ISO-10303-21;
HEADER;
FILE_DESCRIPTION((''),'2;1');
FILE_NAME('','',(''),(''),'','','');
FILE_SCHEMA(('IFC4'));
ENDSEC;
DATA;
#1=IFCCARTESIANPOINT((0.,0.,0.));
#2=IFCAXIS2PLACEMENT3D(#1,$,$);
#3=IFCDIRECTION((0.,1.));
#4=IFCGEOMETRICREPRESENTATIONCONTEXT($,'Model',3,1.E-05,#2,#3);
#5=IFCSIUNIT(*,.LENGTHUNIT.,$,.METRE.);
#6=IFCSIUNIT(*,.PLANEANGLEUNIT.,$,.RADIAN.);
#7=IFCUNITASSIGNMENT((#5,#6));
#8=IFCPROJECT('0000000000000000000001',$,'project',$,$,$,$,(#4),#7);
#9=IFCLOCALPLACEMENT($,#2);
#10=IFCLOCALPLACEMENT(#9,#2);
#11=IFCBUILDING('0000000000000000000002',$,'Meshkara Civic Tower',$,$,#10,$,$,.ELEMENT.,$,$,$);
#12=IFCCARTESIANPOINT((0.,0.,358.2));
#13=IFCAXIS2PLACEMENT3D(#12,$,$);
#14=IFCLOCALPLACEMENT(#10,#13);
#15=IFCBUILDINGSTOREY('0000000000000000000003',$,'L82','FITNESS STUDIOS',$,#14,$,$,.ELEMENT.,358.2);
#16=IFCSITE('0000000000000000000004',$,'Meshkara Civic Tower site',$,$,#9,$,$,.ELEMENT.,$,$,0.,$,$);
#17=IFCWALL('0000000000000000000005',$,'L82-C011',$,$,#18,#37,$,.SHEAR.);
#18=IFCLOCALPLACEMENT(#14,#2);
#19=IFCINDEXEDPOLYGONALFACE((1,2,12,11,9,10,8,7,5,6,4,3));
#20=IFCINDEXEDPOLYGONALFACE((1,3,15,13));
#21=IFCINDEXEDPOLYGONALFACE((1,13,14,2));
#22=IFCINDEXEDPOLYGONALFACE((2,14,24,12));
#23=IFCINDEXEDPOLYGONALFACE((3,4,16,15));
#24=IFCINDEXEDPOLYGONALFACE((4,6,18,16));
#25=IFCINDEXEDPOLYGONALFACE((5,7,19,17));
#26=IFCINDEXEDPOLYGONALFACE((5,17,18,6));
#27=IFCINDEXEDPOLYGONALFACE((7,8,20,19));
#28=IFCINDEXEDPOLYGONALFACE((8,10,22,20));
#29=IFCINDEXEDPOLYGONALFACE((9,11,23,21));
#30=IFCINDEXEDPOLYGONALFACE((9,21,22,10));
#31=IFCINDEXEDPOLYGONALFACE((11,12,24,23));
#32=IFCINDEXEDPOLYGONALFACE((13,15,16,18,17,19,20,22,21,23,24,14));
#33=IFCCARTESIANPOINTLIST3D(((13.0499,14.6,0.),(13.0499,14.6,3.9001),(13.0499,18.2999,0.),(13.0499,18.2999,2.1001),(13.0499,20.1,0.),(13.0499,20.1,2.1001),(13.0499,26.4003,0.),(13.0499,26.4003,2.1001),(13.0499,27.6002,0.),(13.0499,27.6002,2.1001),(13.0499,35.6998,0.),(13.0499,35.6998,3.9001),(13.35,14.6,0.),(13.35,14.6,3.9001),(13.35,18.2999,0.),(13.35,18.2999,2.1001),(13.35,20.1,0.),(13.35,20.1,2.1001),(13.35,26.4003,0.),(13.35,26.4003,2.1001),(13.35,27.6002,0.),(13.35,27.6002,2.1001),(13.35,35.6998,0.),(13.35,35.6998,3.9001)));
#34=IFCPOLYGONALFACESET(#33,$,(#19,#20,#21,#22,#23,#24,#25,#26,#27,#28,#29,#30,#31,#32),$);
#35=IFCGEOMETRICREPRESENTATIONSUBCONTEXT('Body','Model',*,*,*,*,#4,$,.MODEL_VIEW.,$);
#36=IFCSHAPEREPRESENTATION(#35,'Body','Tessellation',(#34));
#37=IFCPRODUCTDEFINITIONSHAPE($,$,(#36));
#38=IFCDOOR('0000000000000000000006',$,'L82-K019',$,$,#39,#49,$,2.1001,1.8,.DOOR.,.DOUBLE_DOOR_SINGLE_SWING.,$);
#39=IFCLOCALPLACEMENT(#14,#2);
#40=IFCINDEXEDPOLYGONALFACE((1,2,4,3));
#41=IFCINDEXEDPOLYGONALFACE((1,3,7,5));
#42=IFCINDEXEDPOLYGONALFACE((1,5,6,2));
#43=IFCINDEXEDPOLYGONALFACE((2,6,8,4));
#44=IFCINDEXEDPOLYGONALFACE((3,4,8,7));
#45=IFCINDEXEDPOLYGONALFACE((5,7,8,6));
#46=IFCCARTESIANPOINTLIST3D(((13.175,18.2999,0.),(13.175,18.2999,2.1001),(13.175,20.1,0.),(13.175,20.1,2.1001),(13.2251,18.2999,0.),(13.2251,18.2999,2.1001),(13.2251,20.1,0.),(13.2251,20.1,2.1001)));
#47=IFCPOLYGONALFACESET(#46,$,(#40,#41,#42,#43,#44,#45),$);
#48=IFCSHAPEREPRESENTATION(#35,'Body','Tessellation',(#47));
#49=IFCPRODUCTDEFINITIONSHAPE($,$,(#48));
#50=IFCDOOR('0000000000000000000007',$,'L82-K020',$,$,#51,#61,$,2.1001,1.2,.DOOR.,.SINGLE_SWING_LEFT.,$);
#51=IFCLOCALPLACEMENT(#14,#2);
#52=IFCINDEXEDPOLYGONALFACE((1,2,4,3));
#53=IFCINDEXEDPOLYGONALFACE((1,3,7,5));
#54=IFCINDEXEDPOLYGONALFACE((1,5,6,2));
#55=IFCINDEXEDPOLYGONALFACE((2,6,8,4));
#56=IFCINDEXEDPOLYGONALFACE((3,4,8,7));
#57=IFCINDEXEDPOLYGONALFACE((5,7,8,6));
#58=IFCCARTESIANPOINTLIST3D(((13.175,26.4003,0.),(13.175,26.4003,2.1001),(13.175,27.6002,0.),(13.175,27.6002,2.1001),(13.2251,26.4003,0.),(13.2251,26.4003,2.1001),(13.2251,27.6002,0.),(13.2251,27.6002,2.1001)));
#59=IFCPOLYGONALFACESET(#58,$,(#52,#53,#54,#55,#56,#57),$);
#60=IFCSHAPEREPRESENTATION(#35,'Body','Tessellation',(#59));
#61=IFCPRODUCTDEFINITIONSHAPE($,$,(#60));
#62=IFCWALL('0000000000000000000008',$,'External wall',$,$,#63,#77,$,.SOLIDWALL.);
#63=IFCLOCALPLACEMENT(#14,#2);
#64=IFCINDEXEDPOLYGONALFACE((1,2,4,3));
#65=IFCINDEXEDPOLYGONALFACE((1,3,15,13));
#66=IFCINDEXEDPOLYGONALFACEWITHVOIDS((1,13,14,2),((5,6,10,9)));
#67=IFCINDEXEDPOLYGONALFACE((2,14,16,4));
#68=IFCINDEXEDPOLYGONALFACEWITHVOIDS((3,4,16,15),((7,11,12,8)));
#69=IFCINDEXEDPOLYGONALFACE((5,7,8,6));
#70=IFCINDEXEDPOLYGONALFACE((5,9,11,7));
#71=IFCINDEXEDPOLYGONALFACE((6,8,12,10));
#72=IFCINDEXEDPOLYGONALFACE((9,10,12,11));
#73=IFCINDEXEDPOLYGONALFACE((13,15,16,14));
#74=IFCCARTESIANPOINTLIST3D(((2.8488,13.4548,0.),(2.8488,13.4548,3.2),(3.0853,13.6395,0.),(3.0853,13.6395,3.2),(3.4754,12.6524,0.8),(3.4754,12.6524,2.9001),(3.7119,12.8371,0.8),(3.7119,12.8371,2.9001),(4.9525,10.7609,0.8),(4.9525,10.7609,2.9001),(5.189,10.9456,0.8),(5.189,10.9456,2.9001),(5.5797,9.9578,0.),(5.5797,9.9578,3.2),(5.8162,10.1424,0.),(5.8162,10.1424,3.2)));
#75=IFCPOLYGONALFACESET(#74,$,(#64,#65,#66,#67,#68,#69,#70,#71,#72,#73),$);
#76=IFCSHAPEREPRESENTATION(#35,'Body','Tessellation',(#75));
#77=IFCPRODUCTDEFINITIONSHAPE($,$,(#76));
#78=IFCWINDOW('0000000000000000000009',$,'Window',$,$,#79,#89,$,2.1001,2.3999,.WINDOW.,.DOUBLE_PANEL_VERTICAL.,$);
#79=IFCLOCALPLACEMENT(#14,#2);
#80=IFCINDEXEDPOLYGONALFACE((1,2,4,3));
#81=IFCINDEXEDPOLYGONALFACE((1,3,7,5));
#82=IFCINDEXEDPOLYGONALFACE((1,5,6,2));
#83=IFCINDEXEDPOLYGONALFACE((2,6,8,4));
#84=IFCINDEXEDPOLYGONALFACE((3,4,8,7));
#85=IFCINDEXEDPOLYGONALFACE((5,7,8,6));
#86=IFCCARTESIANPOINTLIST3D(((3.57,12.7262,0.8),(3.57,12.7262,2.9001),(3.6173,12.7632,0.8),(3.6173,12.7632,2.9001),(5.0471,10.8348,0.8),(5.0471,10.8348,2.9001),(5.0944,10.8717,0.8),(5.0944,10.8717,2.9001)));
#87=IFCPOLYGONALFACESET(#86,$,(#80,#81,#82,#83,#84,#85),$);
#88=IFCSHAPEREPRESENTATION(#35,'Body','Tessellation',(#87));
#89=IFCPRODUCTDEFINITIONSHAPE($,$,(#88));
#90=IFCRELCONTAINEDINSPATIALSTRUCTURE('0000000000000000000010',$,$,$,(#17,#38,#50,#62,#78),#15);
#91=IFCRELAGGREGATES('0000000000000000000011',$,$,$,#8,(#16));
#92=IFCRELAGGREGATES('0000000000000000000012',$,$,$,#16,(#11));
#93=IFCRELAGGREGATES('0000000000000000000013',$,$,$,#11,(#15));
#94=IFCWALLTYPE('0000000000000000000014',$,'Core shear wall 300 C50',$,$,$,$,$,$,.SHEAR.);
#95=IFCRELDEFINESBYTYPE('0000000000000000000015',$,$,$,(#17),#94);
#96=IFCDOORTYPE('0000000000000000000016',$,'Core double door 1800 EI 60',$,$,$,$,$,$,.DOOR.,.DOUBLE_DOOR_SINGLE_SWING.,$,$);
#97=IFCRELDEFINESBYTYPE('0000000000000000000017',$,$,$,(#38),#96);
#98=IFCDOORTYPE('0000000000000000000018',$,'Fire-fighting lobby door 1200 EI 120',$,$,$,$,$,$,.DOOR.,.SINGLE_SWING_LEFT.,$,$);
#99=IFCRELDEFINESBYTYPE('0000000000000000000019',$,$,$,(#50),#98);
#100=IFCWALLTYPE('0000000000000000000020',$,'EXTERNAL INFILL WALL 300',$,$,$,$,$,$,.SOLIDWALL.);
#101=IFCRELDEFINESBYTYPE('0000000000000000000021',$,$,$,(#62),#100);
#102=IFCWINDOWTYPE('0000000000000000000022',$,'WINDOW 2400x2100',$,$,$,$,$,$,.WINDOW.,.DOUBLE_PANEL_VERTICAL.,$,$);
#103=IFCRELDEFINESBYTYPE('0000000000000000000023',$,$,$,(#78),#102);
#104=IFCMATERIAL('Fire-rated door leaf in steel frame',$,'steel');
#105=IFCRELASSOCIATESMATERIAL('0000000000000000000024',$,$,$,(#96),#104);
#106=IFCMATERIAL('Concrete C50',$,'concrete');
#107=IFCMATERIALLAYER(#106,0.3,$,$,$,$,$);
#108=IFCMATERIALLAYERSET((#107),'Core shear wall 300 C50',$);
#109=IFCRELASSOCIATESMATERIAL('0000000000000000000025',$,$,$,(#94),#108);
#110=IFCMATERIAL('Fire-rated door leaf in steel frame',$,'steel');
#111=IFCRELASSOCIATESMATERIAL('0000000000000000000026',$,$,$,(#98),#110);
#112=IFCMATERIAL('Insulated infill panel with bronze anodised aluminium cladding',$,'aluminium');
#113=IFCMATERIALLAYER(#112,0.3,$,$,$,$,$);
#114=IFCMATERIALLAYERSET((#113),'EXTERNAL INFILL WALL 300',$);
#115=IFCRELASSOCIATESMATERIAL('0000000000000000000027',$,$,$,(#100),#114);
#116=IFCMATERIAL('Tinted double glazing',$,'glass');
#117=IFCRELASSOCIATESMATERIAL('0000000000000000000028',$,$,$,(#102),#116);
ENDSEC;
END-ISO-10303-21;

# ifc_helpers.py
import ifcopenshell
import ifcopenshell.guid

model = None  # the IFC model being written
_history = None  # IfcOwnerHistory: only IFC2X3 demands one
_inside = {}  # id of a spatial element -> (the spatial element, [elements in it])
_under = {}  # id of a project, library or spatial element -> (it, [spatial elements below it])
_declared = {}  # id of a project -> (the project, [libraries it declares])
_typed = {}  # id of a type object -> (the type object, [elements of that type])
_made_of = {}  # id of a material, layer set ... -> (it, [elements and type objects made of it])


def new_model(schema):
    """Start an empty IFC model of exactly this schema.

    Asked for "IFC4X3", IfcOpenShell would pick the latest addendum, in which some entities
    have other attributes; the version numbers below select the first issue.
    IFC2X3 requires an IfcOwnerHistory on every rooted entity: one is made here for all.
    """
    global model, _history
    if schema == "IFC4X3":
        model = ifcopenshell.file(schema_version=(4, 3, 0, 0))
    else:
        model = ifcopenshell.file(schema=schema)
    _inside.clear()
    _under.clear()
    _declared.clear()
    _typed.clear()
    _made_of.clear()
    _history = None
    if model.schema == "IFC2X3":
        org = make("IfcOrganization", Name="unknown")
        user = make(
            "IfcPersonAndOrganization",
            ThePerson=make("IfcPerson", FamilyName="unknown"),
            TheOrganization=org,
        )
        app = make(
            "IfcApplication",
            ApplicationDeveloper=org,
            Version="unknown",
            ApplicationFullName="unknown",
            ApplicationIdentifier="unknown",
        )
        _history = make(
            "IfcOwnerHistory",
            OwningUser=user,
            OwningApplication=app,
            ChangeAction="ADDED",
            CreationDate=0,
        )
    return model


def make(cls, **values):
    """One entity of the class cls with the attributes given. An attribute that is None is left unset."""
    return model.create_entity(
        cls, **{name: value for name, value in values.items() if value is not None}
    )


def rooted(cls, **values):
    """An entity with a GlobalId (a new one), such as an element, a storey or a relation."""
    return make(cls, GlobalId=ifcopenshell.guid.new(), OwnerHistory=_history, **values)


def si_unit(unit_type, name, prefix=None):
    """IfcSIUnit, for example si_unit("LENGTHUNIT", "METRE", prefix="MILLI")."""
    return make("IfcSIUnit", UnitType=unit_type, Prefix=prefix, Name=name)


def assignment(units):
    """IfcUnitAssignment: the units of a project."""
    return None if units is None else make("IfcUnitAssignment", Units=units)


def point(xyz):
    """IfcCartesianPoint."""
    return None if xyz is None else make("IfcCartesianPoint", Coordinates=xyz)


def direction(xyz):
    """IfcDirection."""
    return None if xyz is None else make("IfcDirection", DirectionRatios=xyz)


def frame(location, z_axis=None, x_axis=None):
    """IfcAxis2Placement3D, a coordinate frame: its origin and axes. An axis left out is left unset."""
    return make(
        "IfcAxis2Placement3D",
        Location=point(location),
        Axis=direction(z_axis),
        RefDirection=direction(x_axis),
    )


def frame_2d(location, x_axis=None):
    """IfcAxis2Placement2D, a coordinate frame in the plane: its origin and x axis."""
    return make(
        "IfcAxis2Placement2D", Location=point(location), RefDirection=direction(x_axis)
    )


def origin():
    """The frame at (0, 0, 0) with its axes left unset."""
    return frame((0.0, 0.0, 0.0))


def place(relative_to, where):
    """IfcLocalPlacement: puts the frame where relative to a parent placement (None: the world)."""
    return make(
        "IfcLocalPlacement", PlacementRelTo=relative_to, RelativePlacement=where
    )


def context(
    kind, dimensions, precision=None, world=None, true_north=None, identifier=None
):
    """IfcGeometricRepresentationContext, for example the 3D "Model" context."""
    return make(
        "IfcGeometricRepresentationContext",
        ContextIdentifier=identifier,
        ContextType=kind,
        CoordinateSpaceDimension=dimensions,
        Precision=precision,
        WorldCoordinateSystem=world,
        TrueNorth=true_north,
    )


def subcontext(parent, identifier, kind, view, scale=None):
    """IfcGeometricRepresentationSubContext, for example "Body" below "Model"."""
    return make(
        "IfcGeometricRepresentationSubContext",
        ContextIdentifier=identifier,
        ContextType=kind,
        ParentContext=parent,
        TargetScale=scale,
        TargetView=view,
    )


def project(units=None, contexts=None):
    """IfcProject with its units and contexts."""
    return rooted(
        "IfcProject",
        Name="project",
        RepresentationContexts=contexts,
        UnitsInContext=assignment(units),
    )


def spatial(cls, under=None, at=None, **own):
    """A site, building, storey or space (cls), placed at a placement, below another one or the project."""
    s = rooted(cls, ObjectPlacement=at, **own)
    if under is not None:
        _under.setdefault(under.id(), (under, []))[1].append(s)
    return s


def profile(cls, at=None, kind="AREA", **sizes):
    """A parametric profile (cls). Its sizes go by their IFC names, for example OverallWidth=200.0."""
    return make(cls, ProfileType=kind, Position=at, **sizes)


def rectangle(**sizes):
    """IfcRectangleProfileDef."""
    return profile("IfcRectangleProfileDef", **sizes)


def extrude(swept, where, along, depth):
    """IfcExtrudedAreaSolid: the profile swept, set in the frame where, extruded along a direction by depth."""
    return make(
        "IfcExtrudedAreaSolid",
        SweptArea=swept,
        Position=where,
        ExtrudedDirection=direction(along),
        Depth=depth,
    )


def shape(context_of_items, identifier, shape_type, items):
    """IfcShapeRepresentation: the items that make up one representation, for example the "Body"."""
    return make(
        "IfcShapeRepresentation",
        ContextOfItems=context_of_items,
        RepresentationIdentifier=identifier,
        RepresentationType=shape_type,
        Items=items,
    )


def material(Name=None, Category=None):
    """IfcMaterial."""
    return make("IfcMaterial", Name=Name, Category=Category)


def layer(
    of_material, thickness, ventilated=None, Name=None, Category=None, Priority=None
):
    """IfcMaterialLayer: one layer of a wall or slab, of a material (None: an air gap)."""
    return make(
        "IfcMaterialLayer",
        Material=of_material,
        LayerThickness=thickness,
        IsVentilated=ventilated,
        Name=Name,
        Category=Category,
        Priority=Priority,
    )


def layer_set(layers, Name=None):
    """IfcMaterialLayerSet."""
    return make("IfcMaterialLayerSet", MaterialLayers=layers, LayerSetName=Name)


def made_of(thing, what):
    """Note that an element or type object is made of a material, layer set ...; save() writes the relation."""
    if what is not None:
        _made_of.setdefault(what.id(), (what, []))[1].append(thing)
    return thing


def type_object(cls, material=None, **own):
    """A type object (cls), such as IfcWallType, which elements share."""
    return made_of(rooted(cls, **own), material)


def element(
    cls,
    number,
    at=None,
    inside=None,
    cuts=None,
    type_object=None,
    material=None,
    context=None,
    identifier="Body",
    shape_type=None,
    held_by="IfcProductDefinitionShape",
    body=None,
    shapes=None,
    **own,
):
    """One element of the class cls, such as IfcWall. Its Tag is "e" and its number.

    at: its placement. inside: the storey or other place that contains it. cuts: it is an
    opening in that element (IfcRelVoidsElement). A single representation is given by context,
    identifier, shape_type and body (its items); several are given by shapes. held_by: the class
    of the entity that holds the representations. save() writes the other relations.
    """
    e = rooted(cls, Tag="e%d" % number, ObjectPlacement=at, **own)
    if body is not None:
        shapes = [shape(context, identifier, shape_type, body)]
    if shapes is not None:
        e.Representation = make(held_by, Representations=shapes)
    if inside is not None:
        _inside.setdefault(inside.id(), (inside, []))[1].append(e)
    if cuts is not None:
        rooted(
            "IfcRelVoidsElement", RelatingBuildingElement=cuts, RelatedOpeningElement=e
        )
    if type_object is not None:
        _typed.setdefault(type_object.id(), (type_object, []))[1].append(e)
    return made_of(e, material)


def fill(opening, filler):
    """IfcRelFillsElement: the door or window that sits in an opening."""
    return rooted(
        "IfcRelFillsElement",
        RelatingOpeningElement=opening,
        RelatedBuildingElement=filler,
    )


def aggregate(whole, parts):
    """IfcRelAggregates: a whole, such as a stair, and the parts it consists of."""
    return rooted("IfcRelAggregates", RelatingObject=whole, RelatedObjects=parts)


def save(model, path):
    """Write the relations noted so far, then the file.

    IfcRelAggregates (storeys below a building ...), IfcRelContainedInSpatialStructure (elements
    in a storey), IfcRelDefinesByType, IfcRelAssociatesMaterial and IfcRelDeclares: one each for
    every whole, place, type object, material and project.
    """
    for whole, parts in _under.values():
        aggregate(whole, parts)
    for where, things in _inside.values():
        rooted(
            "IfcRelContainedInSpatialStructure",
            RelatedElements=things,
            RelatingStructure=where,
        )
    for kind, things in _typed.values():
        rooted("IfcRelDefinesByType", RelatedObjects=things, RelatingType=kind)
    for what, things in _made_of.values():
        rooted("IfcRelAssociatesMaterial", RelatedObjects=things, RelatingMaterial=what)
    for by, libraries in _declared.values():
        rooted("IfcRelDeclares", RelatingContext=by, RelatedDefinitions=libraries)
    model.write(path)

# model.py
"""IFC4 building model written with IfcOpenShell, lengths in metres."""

from ifc_helpers import new_model, si_unit, direction, frame, frame_2d, origin, place, context, subcontext, project, spatial, rectangle, extrude, material, layer, layer_set, type_object, element, fill, save


model = new_model("IFC4")

# Units and contexts
model_context = context("Model", 3, precision=1e-05, world=origin(), true_north=direction((0.0, 1.0)))
body_context = subcontext(model_context, "Body", "Model", "MODEL_VIEW")
ifc_project = project(units=[si_unit("LENGTHUNIT", "METRE"), si_unit("PLANEANGLEUNIT", "RADIAN")], contexts=[model_context])

# Site, building, storey
site_placement = place(None, origin())
site = spatial("IfcSite", under=ifc_project, at=site_placement, Name="Meshkara Civic Tower site", CompositionType="ELEMENT", RefElevation=0.0)
building_placement = place(site_placement, origin())
building = spatial("IfcBuilding", under=site, at=building_placement, Name="Meshkara Civic Tower", CompositionType="ELEMENT")
storey_placement = place(building_placement, frame((0.0, 0.0, 358.2)))
storey = spatial("IfcBuildingStorey", under=building, at=storey_placement, Name="L82", Description="FITNESS STUDIOS", CompositionType="ELEMENT", Elevation=358.2)

# Shared definitions
ifc_material_1 = material(Name="Fire-rated door leaf in steel frame", Category="steel")
door_type_1 = type_object("IfcDoorType", Name="Core double door 1800 EI 60", OperationType="DOUBLE_DOOR_SINGLE_SWING", PredefinedType="DOOR", material=ifc_material_1)

# Wall, openings, doors
ifc_material_2 = material(Name="Concrete C50", Category="concrete")
ifc_layer_1 = layer(ifc_material_2, 0.3)
ifc_layer_set_1 = layer_set([ifc_layer_1], Name="Core shear wall 300 C50")
wall_type_1 = type_object("IfcWallType", Name="Core shear wall 300 C50", PredefinedType="SHEAR", material=ifc_layer_set_1)
wall_1_placement = place(storey_placement, frame((13.2, 14.6001, 0.0), z_axis=(0.0, 0.0, 1.0), x_axis=(0.0, 1.0, 0.0)))
wall_1 = element("IfcWall", 1, at=wall_1_placement, inside=storey, type_object=wall_type_1, Name="L82-C011", PredefinedType="SHEAR", context=body_context, shape_type="SweptSolid", body=[
    extrude(rectangle(XDim=21.0999, YDim=0.3, at=frame_2d((10.5498, 0.0))), origin(), (0.0, 0.0, 1.0), 3.9001),
])
opening_1_placement = place(wall_1_placement, frame((3.7, 0.0, 0.0)))
opening_1 = element("IfcOpeningElement", 2, at=opening_1_placement, cuts=wall_1, PredefinedType="OPENING", context=body_context, shape_type="SweptSolid", body=[
    extrude(rectangle(XDim=1.8, YDim=2.1001, at=frame_2d((0.8999, 1.05))), frame((0.0, 0.1599, 0.0), z_axis=(0.0, -1.0, 0.0), x_axis=(1.0, 0.0, 0.0)), (0.0, 0.0, 1.0), 0.3201),
])
opening_2_placement = place(wall_1_placement, frame((11.8, 0.0, 0.0)))
opening_2 = element("IfcOpeningElement", 3, at=opening_2_placement, cuts=wall_1, PredefinedType="OPENING", context=body_context, shape_type="SweptSolid", body=[
    extrude(rectangle(XDim=1.2, YDim=2.1001, at=frame_2d((0.6001, 1.05))), frame((0.0, 0.1599, 0.0), z_axis=(0.0, -1.0, 0.0), x_axis=(1.0, 0.0, 0.0)), (0.0, 0.0, 1.0), 0.3201),
])
door_1_placement = place(opening_1_placement, origin())
door_1 = element("IfcDoor", 4, at=door_1_placement, inside=storey, type_object=door_type_1, Name="L82-K019", OperationType="DOUBLE_DOOR_SINGLE_SWING", OverallHeight=2.1001, OverallWidth=1.8, PredefinedType="DOOR", context=body_context, shape_type="SweptSolid", body=[
    extrude(rectangle(XDim=1.8, YDim=2.1001, at=frame_2d((0.8999, 1.05))), frame((0.0, 0.0249, 0.0), z_axis=(0.0, -1.0, 0.0), x_axis=(1.0, 0.0, 0.0)), (0.0, 0.0, 1.0), 0.05),
])
fill(opening_1, door_1)
ifc_material_3 = material(Name="Fire-rated door leaf in steel frame", Category="steel")
door_type_2 = type_object("IfcDoorType", Name="Fire-fighting lobby door 1200 EI 120", OperationType="SINGLE_SWING_LEFT", PredefinedType="DOOR", material=ifc_material_3)
door_2_placement = place(opening_2_placement, origin())
door_2 = element("IfcDoor", 5, at=door_2_placement, inside=storey, type_object=door_type_2, Name="L82-K020", OperationType="SINGLE_SWING_LEFT", OverallHeight=2.1001, OverallWidth=1.2, PredefinedType="DOOR", context=body_context, shape_type="SweptSolid", body=[
    extrude(rectangle(XDim=1.2, YDim=2.1001, at=frame_2d((0.6001, 1.05))), frame((0.0, 0.0249, 0.0), z_axis=(0.0, -1.0, 0.0), x_axis=(1.0, 0.0, 0.0)), (0.0, 0.0, 1.0), 0.05),
])
fill(opening_2, door_2)

# Wall, opening, window
ifc_material_4 = material(Name="Insulated infill panel with bronze anodised aluminium cladding", Category="aluminium")
ifc_layer_2 = layer(ifc_material_4, 0.3)
ifc_layer_set_2 = layer_set([ifc_layer_2], Name="EXTERNAL INFILL WALL 300")
wall_type_2 = type_object("IfcWallType", Name="EXTERNAL INFILL WALL 300", PredefinedType="SOLIDWALL", material=ifc_layer_set_2)
wall_2_placement = place(storey_placement, frame((2.967, 13.5471, 0.0), z_axis=(0.0, 0.0, 1.0), x_axis=(0.615486, -0.788148, 0.0)))
wall_2 = element("IfcWall", 6, at=wall_2_placement, inside=storey, type_object=wall_type_2, Name="External wall", PredefinedType="SOLIDWALL", context=body_context, shape_type="SweptSolid", body=[
    extrude(rectangle(XDim=4.437, YDim=0.3, at=frame_2d((2.2185, 0.0))), origin(), (0.0, 0.0, 1.0), 3.2),
])
opening_3_placement = place(wall_2_placement, frame((1.0181, 0.0, 0.8)))
opening_3 = element("IfcOpeningElement", 7, at=opening_3_placement, cuts=wall_2, PredefinedType="OPENING", context=body_context, shape_type="SweptSolid", body=[
    extrude(rectangle(XDim=2.3999, YDim=2.1001, at=frame_2d((1.2, 1.05))), frame((0.0, 0.1599, 0.0), z_axis=(0.0, -1.0, 0.0), x_axis=(1.0, 0.0, 0.0)), (0.0, 0.0, 1.0), 0.3201),
])
ifc_material_5 = material(Name="Tinted double glazing", Category="glass")
window_type = type_object("IfcWindowType", Name="WINDOW 2400x2100", PartitioningType="DOUBLE_PANEL_VERTICAL", PredefinedType="WINDOW", material=ifc_material_5)
window_placement = place(opening_3_placement, origin())
window = element("IfcWindow", 8, at=window_placement, inside=storey, type_object=window_type, Name="Window", OverallHeight=2.1001, OverallWidth=2.3999, PartitioningType="DOUBLE_PANEL_VERTICAL", PredefinedType="WINDOW", context=body_context, shape_type="SweptSolid", body=[
    extrude(rectangle(XDim=2.3999, YDim=2.1001, at=frame_2d((1.2, 1.05))), frame((0.0, 0.03, 0.0), z_axis=(0.0, -1.0, 0.0), x_axis=(1.0, 0.0, 0.0)), (0.0, 0.0, 1.0), 0.0601),
])
fill(opening_3, window)

save(model, "model.ifc")
